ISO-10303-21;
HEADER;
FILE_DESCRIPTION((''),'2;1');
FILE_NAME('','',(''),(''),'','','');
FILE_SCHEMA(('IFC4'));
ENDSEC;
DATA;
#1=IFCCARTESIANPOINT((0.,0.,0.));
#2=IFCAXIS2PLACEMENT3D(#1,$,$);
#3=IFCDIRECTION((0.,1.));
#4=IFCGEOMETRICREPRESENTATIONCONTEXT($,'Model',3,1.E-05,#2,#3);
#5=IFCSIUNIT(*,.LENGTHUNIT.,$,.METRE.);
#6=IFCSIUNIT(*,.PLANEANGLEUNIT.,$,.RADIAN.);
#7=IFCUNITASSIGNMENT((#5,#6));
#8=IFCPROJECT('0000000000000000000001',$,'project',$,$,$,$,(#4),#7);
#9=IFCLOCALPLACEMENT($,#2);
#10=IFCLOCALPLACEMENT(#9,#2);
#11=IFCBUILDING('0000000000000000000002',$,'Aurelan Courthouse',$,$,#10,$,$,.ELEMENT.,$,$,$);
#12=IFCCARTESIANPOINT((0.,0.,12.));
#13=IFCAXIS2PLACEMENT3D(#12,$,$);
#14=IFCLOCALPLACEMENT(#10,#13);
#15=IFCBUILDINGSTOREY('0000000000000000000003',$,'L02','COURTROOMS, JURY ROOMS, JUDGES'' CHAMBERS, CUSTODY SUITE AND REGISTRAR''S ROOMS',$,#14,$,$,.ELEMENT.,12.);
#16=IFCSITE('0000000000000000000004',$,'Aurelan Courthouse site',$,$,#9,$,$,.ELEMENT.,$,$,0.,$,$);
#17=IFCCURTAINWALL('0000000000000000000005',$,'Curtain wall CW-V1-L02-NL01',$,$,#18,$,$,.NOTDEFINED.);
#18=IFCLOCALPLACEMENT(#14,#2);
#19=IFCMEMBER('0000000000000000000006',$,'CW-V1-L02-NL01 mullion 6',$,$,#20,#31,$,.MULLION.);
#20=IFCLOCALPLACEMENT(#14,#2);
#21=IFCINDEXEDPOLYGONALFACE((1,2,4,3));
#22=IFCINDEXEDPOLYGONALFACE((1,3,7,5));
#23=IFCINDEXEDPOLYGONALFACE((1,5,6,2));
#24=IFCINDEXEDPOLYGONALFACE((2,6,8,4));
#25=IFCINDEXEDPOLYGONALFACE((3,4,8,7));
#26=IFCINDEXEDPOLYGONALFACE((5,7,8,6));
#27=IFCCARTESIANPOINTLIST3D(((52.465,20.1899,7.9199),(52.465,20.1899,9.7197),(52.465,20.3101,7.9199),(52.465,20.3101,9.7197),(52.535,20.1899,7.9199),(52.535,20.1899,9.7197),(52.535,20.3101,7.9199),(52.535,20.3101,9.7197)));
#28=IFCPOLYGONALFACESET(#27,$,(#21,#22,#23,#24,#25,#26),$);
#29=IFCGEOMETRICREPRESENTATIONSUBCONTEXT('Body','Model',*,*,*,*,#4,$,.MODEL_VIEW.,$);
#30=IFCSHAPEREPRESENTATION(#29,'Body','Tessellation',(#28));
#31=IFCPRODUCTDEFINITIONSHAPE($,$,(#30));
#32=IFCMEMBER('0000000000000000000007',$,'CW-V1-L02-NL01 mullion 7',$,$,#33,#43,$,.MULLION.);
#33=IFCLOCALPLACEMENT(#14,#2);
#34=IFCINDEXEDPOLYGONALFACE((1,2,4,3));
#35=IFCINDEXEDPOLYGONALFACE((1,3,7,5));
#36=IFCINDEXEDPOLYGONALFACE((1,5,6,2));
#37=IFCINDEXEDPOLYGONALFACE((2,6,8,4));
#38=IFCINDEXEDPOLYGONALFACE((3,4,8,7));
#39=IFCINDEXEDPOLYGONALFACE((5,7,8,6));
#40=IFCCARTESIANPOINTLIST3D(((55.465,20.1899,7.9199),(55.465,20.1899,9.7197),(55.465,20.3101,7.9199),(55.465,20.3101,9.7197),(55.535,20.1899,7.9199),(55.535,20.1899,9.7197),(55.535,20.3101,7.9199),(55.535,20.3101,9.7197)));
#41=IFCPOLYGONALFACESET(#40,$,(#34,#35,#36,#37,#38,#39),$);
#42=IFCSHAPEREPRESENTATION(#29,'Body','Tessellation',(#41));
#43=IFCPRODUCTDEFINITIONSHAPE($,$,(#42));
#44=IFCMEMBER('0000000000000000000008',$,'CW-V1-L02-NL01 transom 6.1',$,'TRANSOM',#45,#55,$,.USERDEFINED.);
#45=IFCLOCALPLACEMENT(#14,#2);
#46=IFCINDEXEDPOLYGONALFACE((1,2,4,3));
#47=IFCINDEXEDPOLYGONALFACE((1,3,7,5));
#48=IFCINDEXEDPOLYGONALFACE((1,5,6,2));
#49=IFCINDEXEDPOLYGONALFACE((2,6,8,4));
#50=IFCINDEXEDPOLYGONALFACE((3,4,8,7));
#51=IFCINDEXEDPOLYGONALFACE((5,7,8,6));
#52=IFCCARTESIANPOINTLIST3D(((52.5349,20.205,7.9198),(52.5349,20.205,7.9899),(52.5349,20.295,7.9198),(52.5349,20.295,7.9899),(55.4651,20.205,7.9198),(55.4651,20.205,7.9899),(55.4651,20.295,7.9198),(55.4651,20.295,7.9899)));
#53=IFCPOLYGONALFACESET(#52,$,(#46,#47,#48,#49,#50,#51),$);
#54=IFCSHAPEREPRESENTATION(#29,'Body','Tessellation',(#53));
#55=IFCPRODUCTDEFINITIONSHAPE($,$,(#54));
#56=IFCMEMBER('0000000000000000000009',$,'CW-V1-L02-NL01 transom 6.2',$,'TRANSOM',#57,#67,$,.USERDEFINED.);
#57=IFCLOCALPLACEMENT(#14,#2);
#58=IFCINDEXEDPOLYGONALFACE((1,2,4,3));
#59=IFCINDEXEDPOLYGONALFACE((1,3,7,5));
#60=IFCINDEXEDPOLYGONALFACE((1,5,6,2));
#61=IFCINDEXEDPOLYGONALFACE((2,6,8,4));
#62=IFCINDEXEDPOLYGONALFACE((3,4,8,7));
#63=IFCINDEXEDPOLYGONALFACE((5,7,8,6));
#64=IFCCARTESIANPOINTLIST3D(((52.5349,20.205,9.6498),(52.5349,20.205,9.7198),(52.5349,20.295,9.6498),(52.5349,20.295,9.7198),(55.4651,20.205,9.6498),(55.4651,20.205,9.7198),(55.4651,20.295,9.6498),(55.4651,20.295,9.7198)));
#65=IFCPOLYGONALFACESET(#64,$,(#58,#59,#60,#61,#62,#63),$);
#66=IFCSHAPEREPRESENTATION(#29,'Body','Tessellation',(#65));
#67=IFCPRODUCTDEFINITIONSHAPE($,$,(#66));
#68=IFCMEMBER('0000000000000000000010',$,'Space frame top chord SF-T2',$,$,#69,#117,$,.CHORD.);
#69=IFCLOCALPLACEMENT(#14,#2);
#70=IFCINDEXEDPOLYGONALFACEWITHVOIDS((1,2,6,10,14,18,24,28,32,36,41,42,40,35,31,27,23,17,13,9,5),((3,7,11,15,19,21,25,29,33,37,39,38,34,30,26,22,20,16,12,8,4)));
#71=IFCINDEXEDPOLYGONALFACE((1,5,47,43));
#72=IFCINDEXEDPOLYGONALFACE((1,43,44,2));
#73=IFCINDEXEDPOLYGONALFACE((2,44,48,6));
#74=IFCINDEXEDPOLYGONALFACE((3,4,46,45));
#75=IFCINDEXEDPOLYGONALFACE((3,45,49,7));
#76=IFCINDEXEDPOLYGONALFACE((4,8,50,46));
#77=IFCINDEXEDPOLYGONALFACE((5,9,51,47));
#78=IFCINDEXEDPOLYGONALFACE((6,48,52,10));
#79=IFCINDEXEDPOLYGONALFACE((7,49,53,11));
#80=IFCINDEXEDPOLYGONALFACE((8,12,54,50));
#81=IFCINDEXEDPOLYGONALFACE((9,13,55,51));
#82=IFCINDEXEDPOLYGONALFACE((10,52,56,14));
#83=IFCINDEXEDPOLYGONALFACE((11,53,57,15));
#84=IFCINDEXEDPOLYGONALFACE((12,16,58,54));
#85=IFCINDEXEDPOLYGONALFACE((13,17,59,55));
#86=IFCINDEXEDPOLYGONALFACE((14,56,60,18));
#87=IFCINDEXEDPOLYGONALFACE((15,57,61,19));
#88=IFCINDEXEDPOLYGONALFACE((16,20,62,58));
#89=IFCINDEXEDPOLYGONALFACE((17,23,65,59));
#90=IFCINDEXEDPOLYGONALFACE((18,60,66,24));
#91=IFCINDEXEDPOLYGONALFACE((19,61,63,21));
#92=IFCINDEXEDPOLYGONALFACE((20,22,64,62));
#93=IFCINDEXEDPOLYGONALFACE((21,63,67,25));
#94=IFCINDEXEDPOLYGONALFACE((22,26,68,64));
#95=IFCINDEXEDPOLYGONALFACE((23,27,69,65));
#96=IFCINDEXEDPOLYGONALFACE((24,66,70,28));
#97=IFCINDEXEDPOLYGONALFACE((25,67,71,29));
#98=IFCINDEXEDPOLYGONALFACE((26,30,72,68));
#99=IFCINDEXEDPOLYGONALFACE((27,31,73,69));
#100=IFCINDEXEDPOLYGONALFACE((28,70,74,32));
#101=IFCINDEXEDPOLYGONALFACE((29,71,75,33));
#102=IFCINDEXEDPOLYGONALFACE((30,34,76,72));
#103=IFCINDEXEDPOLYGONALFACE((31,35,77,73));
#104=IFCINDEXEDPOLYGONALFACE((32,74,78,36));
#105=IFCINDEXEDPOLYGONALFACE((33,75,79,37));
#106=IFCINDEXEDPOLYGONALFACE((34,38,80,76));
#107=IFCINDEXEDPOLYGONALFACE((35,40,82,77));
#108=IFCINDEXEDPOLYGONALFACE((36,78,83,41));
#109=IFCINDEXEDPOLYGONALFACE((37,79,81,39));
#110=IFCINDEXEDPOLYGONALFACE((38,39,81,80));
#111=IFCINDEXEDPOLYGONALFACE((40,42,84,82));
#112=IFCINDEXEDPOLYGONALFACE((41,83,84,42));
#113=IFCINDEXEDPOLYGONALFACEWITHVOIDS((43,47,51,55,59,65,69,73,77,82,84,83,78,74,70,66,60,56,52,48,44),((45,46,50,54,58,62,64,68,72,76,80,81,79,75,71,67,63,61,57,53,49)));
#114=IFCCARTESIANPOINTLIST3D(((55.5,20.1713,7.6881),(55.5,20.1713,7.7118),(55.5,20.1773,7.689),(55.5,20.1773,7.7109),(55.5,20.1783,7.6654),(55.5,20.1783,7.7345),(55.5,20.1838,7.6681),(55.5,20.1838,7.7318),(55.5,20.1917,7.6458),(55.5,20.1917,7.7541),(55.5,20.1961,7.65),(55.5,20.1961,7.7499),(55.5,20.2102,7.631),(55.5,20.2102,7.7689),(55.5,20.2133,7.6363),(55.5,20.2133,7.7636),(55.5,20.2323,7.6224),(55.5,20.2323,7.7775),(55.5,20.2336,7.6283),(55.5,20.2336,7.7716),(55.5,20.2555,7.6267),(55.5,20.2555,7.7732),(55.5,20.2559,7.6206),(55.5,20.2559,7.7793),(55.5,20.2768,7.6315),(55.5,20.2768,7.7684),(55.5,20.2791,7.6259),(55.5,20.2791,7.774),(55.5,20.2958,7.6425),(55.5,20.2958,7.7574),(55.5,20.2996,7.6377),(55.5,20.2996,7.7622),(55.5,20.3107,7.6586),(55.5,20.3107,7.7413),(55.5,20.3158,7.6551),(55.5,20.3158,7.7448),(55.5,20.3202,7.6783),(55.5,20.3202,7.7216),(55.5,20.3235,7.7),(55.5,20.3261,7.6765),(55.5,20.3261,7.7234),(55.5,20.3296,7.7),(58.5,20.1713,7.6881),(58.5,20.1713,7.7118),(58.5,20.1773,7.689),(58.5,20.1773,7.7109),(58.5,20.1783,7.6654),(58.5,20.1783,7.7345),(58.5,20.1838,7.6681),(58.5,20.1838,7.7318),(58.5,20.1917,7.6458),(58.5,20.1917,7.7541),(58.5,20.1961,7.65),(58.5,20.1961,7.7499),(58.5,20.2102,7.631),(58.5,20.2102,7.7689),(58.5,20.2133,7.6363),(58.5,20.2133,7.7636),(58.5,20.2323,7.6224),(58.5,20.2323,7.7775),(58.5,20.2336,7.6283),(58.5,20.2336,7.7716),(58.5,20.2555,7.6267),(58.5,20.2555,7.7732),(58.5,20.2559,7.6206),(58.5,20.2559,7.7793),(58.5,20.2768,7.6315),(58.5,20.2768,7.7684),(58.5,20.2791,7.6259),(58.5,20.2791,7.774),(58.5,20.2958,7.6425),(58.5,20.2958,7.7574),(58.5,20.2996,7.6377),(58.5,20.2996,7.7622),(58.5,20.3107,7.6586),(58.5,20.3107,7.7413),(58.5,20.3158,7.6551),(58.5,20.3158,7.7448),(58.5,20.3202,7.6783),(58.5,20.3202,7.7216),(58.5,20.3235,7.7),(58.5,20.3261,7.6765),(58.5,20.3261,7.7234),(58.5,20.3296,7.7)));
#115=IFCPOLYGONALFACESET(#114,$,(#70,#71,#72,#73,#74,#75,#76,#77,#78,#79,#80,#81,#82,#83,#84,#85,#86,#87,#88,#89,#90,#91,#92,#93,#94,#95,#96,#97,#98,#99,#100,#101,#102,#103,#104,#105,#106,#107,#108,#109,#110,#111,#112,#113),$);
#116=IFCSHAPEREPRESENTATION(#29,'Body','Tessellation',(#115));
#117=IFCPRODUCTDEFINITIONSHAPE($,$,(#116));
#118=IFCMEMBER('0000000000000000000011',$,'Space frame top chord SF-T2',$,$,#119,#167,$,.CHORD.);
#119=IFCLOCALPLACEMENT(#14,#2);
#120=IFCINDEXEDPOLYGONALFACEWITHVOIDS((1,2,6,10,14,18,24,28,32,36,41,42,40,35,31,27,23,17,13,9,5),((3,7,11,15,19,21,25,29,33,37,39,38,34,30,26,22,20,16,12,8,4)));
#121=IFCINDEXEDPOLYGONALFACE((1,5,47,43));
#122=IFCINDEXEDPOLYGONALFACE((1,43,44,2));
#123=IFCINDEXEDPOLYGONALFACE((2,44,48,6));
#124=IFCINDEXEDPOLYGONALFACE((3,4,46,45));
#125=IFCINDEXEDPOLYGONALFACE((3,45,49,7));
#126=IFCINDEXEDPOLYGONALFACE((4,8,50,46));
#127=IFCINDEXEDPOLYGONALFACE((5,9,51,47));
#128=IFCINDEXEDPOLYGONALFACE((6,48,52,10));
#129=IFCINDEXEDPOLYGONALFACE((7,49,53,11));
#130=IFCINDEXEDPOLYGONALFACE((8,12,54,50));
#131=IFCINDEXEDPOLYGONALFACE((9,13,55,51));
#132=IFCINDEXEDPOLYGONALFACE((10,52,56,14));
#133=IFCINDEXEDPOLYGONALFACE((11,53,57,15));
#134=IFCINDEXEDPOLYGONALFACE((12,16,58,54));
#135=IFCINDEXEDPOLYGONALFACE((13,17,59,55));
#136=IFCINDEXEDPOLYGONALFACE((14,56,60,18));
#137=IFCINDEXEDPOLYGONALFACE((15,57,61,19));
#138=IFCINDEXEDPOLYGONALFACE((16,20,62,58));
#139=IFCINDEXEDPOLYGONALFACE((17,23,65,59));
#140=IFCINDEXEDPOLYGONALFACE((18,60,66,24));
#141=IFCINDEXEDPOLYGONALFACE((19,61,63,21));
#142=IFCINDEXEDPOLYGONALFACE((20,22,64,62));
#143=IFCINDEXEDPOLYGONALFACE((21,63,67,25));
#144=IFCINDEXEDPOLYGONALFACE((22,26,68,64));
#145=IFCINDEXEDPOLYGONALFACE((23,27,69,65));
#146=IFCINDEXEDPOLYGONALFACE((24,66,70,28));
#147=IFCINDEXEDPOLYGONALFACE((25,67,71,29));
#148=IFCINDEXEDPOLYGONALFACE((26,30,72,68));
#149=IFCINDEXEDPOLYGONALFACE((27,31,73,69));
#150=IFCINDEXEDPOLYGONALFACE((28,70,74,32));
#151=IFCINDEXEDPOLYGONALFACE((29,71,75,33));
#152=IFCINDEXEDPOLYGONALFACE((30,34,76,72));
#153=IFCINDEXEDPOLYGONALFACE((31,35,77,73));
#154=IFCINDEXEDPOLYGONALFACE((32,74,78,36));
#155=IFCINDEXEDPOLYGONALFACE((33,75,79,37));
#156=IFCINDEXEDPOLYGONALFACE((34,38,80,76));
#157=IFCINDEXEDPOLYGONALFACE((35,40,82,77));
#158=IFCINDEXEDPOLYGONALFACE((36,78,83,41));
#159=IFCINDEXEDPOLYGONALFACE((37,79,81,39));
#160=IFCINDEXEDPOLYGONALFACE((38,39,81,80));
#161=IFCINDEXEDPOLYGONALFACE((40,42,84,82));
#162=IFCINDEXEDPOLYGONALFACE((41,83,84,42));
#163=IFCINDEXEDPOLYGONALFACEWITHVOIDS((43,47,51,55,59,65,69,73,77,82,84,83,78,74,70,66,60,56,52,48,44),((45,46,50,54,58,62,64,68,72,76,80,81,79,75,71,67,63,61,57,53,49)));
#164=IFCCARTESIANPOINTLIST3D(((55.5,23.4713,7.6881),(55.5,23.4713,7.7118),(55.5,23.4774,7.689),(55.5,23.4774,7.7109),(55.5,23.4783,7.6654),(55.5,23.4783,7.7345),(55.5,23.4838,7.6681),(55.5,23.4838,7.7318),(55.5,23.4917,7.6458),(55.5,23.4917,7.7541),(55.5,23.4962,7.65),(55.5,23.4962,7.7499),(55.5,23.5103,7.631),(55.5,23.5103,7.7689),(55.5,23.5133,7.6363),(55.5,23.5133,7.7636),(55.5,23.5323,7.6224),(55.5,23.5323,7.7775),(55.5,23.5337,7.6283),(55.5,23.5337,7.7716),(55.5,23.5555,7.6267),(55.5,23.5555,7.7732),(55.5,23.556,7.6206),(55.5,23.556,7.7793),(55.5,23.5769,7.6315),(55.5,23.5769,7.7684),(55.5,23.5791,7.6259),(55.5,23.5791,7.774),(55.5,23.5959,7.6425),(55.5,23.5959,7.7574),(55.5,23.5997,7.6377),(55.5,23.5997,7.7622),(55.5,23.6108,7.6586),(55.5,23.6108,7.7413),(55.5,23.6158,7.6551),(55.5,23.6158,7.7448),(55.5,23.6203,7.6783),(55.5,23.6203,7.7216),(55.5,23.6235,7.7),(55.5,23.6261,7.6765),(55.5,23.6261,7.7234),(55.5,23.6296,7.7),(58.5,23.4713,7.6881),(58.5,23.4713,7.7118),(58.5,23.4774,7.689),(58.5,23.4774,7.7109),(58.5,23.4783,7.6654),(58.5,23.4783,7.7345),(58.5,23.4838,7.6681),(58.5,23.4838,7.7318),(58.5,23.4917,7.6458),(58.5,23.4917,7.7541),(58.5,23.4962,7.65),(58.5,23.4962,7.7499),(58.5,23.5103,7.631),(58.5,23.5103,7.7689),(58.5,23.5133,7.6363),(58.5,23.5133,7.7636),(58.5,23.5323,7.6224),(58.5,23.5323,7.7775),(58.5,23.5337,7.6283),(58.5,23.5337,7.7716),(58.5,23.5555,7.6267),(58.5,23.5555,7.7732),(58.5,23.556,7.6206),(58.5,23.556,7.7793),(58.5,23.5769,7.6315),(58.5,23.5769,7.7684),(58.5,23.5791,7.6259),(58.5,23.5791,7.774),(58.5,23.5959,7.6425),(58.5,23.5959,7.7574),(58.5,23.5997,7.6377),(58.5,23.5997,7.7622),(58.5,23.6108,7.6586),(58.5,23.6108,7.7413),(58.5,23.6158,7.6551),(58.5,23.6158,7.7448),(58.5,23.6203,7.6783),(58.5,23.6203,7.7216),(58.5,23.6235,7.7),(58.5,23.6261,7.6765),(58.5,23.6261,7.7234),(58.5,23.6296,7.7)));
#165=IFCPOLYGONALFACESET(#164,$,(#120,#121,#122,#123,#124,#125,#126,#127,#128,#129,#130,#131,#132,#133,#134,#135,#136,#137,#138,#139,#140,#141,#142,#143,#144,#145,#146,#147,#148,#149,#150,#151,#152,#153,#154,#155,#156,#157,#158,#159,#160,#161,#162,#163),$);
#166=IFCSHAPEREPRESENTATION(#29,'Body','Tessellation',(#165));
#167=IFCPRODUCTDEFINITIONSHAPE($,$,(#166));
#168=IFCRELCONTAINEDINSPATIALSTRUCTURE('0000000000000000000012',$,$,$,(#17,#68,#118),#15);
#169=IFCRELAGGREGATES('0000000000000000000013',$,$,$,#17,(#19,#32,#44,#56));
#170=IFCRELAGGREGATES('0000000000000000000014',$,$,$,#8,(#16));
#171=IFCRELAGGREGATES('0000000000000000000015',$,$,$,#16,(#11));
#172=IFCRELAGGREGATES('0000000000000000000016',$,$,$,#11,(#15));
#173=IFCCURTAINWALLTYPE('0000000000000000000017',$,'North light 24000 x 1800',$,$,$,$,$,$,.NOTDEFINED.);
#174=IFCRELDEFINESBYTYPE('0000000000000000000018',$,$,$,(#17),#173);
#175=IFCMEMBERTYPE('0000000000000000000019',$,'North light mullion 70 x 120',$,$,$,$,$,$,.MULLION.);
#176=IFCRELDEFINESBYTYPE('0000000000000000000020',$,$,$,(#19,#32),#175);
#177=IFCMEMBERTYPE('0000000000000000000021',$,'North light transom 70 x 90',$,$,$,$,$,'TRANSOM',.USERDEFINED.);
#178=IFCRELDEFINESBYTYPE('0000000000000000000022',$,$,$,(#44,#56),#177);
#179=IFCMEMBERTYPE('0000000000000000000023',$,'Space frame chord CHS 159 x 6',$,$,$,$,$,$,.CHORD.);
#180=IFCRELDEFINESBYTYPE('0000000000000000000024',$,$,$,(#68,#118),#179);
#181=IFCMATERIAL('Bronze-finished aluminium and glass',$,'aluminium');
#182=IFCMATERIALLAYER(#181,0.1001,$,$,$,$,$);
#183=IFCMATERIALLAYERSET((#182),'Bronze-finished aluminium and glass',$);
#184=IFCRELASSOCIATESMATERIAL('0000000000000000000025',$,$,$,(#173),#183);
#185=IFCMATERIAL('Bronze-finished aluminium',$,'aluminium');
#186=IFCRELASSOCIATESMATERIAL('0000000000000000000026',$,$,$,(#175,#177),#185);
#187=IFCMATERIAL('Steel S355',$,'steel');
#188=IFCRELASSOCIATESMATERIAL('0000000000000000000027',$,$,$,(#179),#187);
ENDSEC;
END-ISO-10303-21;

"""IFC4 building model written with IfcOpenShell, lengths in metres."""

from ifc_helpers import new_model, si_unit, direction, frame, origin, origin_2d, place, context, subcontext, project, spatial, rectangle, hollow_circle, extrude, material, layer, layer_set, material_profile, profile_set, type_object, element, aggregate, save


model = new_model("IFC4")

# Units and contexts
model_context = context("Model", 3, precision=1e-05, world=origin(), true_north=direction((0.0, 1.0)))
body_context = subcontext(model_context, "Body", "Model", "MODEL_VIEW")
ifc_project = project(units=[si_unit("LENGTHUNIT", "METRE"), si_unit("PLANEANGLEUNIT", "RADIAN")], contexts=[model_context])

# Site, building, storey
site_placement = place(None, origin())
site = spatial("IfcSite", under=ifc_project, at=site_placement, Name="Aurelan Courthouse site", CompositionType="ELEMENT", RefElevation=0.0)
building_placement = place(site_placement, origin())
building = spatial("IfcBuilding", under=site, at=building_placement, Name="Aurelan Courthouse", CompositionType="ELEMENT")
storey_placement = place(building_placement, frame((0.0, 0.0, 12.0)))
storey = spatial("IfcBuildingStorey", under=building, at=storey_placement, Name="L02", Description="COURTROOMS, JURY ROOMS, JUDGES' CHAMBERS, CUSTODY SUITE AND REGISTRAR'S ROOMS", CompositionType="ELEMENT", Elevation=12.0)

# Curtain wall, members
ifc_material_1 = material(Name="Bronze-finished aluminium and glass", Category="aluminium")
ifc_layer_1 = layer(ifc_material_1, 0.1001)
ifc_layer_set_1 = layer_set([ifc_layer_1], Name="Bronze-finished aluminium and glass")
curtain_wall_type = type_object("IfcCurtainWallType", Name="North light 24000 x 1800", PredefinedType="NOTDEFINED", material=ifc_layer_set_1)
curtain_wall_placement = place(storey_placement, origin())
curtain_wall = element("IfcCurtainWall", 1, at=curtain_wall_placement, inside=storey, type_object=curtain_wall_type, Name="Curtain wall CW-V1-L02-NL01", PredefinedType="NOTDEFINED")
ifc_material_2 = material(Name="Bronze-finished aluminium", Category="aluminium")
ifc_material_profile_1 = material_profile(ifc_material_2, rectangle(XDim=0.1201, YDim=0.0701, at=origin_2d()), Name="North light mullion 70 x 120")
ifc_profile_set_1 = profile_set([ifc_material_profile_1], Name="Bronze-finished aluminium")
member_type_1 = type_object("IfcMemberType", Name="North light mullion 70 x 120", PredefinedType="MULLION", material=ifc_profile_set_1)
member_1_placement = place(storey_placement, frame((52.5, 20.25, 7.9199), z_axis=(0.0, 0.0, 1.0), x_axis=(0.0, 1.0, 0.0)))
member_1 = element("IfcMember", 2, at=member_1_placement, type_object=member_type_1, Name="CW-V1-L02-NL01 mullion 6", PredefinedType="MULLION", context=body_context, shape_type="SweptSolid", body=[
    extrude(rectangle(XDim=0.1201, YDim=0.0701, at=origin_2d()), origin(), (0.0, 0.0, 1.0), 1.7998),
])
member_2_placement = place(storey_placement, frame((55.5, 20.25, 7.9199), z_axis=(0.0, 0.0, 1.0), x_axis=(0.0, 1.0, 0.0)))
member_2 = element("IfcMember", 3, at=member_2_placement, type_object=member_type_1, Name="CW-V1-L02-NL01 mullion 7", PredefinedType="MULLION", context=body_context, shape_type="SweptSolid", body=[
    extrude(rectangle(XDim=0.1201, YDim=0.0701, at=origin_2d()), origin(), (0.0, 0.0, 1.0), 1.7998),
])
ifc_material_profile_2 = material_profile(ifc_material_2, rectangle(XDim=0.0901, YDim=0.0701, at=origin_2d()), Name="North light transom 70 x 90")
ifc_profile_set_2 = profile_set([ifc_material_profile_2], Name="Bronze-finished aluminium")
member_type_2 = type_object("IfcMemberType", Name="North light transom 70 x 90", ElementType="TRANSOM", PredefinedType="USERDEFINED", material=ifc_profile_set_2)
member_3_placement = place(storey_placement, frame((52.5349, 20.25, 7.9548), z_axis=(1.0, 0.0, 0.0), x_axis=(0.0, 1.0, 0.0)))
member_3 = element("IfcMember", 4, at=member_3_placement, type_object=member_type_2, Name="CW-V1-L02-NL01 transom 6.1", ObjectType="TRANSOM", PredefinedType="USERDEFINED", context=body_context, shape_type="SweptSolid", body=[
    extrude(rectangle(XDim=0.0901, YDim=0.0701, at=origin_2d()), origin(), (0.0, 0.0, 1.0), 2.9302),
])
member_4_placement = place(storey_placement, frame((52.5349, 20.25, 9.6848), z_axis=(1.0, 0.0, 0.0), x_axis=(0.0, 1.0, 0.0)))
member_4 = element("IfcMember", 5, at=member_4_placement, type_object=member_type_2, Name="CW-V1-L02-NL01 transom 6.2", ObjectType="TRANSOM", PredefinedType="USERDEFINED", context=body_context, shape_type="SweptSolid", body=[
    extrude(rectangle(XDim=0.0901, YDim=0.0701, at=origin_2d()), origin(), (0.0, 0.0, 1.0), 2.9302),
])

# Members
ifc_material_3 = material(Name="Steel S355", Category="steel")
ifc_material_profile_3 = material_profile(ifc_material_3, hollow_circle(Radius=0.0796, WallThickness=0.0061, at=origin_2d()), Name="CHS 159 x 6")
ifc_profile_set_3 = profile_set([ifc_material_profile_3], Name="Steel S355")
member_type_3 = type_object("IfcMemberType", Name="Space frame chord CHS 159 x 6", PredefinedType="CHORD", material=ifc_profile_set_3)
for number, where, z_axis, x_axis, name in (
    (6, (55.5, 20.25, 7.7), (1.0, 0.0, 0.0), (0.0, 1.0, 0.0), "Space frame top chord SF-T2"),
    (7, (55.5, 23.55, 7.7), (1.0, 0.0, 0.0), (0.0, 1.0, 0.0), "Space frame top chord SF-T2"),
):
    element("IfcMember", number, at=place(storey_placement, frame(where, z_axis=z_axis, x_axis=x_axis)), inside=storey, type_object=member_type_3, Name=name, PredefinedType="CHORD", context=body_context, shape_type="SweptSolid", body=[
        extrude(hollow_circle(Radius=0.0796, WallThickness=0.0061, at=origin_2d()), origin(), (0.0, 0.0, 1.0), 3.0),
    ])

aggregate(curtain_wall, [member_1, member_2, member_3, member_4])

save(model, "model.ifc")
